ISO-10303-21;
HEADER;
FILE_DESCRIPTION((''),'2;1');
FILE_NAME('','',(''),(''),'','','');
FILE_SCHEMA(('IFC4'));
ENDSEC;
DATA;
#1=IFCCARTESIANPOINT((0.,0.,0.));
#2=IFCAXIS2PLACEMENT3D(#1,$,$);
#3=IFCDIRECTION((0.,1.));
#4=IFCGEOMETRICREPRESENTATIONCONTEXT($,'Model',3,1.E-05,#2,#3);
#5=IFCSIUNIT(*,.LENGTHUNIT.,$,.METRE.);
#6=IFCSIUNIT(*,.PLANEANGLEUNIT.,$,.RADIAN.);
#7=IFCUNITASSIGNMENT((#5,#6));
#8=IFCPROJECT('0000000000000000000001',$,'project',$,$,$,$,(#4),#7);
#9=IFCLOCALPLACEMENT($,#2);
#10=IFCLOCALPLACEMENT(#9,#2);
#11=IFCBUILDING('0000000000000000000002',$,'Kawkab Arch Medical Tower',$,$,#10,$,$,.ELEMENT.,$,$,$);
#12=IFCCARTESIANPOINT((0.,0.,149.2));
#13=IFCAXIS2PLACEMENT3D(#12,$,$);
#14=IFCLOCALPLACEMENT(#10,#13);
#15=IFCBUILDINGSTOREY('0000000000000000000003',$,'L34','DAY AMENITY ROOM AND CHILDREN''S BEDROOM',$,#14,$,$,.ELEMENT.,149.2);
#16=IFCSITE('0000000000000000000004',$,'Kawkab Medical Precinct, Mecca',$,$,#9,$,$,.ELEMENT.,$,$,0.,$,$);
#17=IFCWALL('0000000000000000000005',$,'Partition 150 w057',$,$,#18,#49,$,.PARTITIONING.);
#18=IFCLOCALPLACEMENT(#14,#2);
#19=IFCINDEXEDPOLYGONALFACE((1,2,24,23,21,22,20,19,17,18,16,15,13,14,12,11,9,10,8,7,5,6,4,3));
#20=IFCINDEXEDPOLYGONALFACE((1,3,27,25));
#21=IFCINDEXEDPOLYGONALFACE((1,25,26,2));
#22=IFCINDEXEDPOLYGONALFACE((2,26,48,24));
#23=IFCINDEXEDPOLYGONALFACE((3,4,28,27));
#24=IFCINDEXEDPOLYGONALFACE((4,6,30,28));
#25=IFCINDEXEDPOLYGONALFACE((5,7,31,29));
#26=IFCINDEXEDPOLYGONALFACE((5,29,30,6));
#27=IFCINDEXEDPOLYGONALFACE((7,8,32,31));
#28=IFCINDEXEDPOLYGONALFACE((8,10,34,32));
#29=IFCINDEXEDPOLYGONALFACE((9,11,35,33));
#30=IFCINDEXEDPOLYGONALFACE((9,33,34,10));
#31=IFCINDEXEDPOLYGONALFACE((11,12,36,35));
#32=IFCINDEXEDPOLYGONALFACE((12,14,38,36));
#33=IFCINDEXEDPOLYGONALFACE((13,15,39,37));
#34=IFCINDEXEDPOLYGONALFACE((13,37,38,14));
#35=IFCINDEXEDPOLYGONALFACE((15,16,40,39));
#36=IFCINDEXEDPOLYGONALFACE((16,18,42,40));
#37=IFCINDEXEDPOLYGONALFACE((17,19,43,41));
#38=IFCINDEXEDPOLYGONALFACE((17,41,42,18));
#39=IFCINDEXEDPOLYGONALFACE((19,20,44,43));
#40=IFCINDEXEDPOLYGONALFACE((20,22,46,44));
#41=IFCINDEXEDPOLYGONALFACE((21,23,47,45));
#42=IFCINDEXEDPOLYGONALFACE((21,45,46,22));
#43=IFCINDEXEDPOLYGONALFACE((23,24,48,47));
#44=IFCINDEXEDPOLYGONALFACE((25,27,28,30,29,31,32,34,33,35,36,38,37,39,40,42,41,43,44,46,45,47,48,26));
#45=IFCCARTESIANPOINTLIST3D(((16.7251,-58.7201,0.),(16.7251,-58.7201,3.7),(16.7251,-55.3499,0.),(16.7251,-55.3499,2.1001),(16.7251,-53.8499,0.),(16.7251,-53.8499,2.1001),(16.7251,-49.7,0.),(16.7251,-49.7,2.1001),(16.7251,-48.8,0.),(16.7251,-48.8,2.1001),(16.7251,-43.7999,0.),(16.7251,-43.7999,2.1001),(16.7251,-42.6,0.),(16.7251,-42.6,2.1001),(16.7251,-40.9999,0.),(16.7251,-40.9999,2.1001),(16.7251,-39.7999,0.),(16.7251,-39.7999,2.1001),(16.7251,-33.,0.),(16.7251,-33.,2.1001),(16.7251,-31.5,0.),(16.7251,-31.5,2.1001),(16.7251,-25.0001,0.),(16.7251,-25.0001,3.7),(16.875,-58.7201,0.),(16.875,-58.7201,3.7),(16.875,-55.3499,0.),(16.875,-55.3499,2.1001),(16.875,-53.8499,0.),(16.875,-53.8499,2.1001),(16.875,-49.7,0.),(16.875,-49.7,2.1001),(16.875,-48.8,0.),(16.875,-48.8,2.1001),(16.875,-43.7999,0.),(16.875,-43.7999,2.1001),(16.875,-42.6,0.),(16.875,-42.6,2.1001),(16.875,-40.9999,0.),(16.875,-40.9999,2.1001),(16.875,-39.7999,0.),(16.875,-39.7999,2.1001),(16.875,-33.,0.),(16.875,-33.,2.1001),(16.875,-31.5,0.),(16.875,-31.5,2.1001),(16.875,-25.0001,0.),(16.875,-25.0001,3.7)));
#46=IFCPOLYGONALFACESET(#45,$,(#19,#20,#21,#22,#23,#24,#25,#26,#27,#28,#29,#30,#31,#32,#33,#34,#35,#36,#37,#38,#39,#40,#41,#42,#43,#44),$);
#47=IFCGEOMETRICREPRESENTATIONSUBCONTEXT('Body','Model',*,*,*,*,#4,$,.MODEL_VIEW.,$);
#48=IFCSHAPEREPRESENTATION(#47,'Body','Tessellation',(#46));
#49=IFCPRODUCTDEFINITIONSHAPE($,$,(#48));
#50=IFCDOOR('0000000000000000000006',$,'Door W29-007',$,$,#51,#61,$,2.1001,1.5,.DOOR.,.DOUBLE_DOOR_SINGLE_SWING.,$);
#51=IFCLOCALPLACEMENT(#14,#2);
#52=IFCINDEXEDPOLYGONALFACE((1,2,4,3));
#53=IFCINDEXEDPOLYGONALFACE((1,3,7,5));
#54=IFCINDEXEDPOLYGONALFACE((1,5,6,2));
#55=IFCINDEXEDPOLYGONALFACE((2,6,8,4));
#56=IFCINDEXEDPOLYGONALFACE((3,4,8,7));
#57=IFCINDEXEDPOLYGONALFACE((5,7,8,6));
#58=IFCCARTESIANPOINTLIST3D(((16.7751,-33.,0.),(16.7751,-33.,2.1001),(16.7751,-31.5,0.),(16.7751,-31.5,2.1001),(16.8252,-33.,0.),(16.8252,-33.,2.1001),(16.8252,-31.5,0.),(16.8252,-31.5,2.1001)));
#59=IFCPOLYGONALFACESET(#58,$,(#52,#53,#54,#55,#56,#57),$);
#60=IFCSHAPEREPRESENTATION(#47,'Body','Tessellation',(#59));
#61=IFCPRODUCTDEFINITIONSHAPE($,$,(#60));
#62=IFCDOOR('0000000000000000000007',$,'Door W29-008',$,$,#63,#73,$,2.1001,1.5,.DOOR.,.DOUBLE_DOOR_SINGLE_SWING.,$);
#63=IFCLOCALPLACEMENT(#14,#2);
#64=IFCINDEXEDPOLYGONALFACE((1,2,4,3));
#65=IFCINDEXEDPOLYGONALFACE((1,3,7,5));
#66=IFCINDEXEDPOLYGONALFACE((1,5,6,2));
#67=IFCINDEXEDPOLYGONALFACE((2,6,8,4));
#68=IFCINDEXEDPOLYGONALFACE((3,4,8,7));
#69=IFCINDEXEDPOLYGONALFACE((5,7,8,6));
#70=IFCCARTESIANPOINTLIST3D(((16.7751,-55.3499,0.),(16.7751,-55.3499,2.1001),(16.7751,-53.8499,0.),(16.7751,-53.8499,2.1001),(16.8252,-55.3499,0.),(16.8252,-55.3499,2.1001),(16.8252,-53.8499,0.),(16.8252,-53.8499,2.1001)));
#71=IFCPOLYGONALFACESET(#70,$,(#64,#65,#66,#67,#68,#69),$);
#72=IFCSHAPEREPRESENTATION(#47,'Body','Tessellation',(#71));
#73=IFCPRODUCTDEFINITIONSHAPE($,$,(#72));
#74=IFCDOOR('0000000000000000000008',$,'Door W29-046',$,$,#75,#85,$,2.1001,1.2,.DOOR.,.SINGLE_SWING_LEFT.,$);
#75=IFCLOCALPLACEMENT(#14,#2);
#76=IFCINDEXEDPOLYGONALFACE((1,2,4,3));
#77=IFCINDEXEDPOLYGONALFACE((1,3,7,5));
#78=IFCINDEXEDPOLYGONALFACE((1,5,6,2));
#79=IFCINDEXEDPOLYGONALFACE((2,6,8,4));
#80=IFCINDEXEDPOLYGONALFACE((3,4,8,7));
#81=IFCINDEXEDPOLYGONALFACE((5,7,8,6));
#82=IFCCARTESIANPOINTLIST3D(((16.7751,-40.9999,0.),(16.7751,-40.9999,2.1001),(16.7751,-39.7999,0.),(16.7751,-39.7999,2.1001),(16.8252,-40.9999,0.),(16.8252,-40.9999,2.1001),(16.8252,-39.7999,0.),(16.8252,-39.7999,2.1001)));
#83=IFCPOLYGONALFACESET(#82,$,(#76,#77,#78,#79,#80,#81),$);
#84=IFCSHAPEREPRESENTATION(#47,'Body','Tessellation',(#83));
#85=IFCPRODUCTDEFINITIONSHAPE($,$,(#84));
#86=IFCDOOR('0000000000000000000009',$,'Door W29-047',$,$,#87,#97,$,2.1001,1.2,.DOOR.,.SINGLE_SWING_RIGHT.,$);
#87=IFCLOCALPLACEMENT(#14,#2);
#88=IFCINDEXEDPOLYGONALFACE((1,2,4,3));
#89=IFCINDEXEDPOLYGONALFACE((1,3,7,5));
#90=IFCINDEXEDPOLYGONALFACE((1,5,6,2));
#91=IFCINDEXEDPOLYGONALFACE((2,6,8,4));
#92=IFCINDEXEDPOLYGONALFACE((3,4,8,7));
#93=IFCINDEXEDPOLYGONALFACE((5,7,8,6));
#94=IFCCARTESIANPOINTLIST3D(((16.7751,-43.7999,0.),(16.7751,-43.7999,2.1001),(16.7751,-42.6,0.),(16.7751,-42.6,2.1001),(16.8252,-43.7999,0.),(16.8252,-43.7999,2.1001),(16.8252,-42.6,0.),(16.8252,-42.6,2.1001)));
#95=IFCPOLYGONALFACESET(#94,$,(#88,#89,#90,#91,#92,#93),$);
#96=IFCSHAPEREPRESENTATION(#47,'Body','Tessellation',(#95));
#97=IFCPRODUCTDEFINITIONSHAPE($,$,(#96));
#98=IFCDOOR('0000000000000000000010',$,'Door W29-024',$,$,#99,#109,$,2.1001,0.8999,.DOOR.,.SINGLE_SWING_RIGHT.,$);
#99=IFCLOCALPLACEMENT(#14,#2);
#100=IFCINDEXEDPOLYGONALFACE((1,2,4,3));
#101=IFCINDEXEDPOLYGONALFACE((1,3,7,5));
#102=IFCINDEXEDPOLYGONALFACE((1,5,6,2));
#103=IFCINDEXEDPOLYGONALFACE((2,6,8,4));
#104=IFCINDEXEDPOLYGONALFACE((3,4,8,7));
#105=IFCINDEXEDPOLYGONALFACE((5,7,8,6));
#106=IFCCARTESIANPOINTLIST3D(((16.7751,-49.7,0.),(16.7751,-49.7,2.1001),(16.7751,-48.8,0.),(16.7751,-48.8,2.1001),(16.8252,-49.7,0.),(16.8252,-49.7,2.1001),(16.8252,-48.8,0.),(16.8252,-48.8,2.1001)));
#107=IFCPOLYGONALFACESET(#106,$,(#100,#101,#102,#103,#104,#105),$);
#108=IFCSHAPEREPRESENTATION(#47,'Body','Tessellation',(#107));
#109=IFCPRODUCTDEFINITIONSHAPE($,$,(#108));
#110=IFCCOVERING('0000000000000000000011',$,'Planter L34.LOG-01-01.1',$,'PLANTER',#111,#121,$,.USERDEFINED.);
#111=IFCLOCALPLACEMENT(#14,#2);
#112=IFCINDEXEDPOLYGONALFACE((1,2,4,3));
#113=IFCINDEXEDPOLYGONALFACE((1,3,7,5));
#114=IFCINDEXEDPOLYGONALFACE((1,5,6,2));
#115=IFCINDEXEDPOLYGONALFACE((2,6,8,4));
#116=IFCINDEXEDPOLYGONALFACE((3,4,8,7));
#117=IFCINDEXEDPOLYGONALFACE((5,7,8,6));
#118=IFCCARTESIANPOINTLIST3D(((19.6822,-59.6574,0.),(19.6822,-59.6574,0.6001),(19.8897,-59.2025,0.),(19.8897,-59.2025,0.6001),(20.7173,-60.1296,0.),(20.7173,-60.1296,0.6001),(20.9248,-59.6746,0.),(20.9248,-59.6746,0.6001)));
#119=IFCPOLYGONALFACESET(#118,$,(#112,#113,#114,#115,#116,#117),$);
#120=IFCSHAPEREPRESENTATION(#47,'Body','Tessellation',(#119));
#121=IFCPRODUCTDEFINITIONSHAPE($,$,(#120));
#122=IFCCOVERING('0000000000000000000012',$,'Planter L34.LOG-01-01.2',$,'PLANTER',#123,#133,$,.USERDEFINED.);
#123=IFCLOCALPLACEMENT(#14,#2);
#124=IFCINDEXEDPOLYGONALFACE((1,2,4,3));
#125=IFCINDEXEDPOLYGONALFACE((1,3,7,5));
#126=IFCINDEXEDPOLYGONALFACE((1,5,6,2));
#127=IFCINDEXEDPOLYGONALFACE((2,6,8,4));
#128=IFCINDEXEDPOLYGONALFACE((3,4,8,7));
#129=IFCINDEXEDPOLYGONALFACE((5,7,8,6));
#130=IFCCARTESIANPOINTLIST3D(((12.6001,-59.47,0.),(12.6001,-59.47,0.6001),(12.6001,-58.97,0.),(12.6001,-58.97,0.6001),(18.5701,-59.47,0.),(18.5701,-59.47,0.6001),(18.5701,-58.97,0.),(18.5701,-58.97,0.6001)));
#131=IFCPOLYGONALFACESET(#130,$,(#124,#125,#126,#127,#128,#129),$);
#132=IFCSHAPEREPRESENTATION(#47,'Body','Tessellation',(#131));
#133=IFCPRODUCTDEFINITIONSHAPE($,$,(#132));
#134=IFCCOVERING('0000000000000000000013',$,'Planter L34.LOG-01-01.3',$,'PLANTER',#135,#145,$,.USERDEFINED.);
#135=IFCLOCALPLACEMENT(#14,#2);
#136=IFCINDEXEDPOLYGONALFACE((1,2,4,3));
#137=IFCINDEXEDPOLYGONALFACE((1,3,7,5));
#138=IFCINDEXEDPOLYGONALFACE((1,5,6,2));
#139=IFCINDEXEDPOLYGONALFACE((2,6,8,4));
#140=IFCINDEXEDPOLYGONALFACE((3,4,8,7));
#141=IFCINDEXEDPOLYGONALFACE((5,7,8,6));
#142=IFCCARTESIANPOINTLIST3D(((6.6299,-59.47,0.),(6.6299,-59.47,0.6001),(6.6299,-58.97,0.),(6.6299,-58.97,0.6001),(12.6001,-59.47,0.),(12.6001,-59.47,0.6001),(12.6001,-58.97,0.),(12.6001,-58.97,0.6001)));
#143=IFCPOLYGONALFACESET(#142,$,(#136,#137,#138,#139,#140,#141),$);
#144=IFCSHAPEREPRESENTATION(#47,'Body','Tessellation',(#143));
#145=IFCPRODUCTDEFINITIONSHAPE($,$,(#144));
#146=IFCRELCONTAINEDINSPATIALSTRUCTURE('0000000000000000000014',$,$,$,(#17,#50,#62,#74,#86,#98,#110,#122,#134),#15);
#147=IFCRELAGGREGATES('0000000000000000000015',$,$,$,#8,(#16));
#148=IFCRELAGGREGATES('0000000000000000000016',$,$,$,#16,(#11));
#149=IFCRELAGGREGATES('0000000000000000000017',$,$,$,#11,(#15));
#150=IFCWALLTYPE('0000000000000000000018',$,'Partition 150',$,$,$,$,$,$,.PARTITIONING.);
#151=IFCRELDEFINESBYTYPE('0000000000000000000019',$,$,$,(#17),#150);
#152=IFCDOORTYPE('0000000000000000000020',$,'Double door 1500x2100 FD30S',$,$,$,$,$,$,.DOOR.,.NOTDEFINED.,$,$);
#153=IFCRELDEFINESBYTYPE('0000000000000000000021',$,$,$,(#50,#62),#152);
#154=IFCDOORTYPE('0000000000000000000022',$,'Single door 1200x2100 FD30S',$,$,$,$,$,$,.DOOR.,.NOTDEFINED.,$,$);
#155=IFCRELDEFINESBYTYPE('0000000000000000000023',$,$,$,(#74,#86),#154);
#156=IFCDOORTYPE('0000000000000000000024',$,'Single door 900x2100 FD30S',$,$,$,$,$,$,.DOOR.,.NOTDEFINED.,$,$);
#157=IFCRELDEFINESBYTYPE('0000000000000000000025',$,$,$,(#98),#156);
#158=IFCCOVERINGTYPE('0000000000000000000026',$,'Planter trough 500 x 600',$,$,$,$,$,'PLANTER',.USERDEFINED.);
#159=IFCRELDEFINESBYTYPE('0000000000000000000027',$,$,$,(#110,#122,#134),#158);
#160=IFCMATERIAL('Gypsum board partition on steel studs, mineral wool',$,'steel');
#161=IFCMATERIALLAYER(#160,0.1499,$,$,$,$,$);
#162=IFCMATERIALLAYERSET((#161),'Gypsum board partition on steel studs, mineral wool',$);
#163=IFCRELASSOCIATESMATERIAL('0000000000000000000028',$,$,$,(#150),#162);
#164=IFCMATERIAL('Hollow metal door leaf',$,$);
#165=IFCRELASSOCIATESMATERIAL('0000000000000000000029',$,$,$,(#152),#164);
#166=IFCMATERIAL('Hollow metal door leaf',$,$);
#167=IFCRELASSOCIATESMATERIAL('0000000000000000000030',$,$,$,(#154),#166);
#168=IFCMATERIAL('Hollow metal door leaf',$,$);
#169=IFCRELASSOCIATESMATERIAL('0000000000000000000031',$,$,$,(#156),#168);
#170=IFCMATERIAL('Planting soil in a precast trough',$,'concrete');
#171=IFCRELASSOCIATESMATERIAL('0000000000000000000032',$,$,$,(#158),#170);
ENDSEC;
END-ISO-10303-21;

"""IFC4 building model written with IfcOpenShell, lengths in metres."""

from ifc_helpers import new_model, si_unit, direction, frame, frame_2d, origin, origin_2d, place, context, subcontext, project, spatial, rectangle, extrude, material, layer, layer_set, material_profile, profile_set, type_object, element, fill, save


model = new_model("IFC4")

# Units and contexts
model_context = context("Model", 3, precision=1e-05, world=origin(), true_north=direction((0.0, 1.0)))
body_context = subcontext(model_context, "Body", "Model", "MODEL_VIEW")
ifc_project = project(units=[si_unit("LENGTHUNIT", "METRE"), si_unit("PLANEANGLEUNIT", "RADIAN")], contexts=[model_context])

# Site, building, storey
site_placement = place(None, origin())
site = spatial("IfcSite", under=ifc_project, at=site_placement, Name="Kawkab Medical Precinct, Mecca", CompositionType="ELEMENT", RefElevation=0.0)
building_placement = place(site_placement, origin())
building = spatial("IfcBuilding", under=site, at=building_placement, Name="Kawkab Arch Medical Tower", CompositionType="ELEMENT")
storey_placement = place(building_placement, frame((0.0, 0.0, 149.2)))
storey = spatial("IfcBuildingStorey", under=building, at=storey_placement, Name="L34", Description="DAY AMENITY ROOM AND CHILDREN'S BEDROOM", CompositionType="ELEMENT", Elevation=149.2)

# Wall, openings, doors
ifc_material_1 = material(Name="Gypsum board partition on steel studs, mineral wool", Category="steel")
ifc_layer_1 = layer(ifc_material_1, 0.1499)
ifc_layer_set_1 = layer_set([ifc_layer_1], Name="Gypsum board partition on steel studs, mineral wool")
wall_type = type_object("IfcWallType", Name="Partition 150", PredefinedType="PARTITIONING", material=ifc_layer_set_1)
wall_placement = place(storey_placement, frame((16.8, -58.72, 0.0), z_axis=(0.0, 0.0, 1.0), x_axis=(0.0, 1.0, 0.0)))
wall = element("IfcWall", 1, at=wall_placement, inside=storey, type_object=wall_type, Name="Partition 150 w057", PredefinedType="PARTITIONING", context=body_context, shape_type="SweptSolid", body=[
    extrude(rectangle(XDim=33.72, YDim=0.1499, at=frame_2d((16.8599, 0.0))), origin(), (0.0, 0.0, 1.0), 3.7),
])
opening_1_placement = place(wall_placement, frame((25.72, 0.0, 0.0)))
opening_1 = element("IfcOpeningElement", 2, at=opening_1_placement, cuts=wall, PredefinedType="OPENING", context=body_context, shape_type="SweptSolid", body=[
    extrude(rectangle(XDim=1.5, YDim=2.1001, at=frame_2d((0.75, 1.05))), frame((0.0, 0.085, 0.0), z_axis=(0.0, -1.0, 0.0), x_axis=(1.0, 0.0, 0.0)), (0.0, 0.0, 1.0), 0.1699),
])
opening_2_placement = place(wall_placement, frame((17.72, 0.0, 0.0)))
opening_2 = element("IfcOpeningElement", 3, at=opening_2_placement, cuts=wall, PredefinedType="OPENING", context=body_context, shape_type="SweptSolid", body=[
    extrude(rectangle(XDim=1.2, YDim=2.1001, at=frame_2d((0.6001, 1.05))), frame((0.0, 0.085, 0.0), z_axis=(0.0, -1.0, 0.0), x_axis=(1.0, 0.0, 0.0)), (0.0, 0.0, 1.0), 0.1699),
])
opening_3_placement = place(wall_placement, frame((14.9199, 0.0, 0.0)))
opening_3 = element("IfcOpeningElement", 4, at=opening_3_placement, cuts=wall, PredefinedType="OPENING", context=body_context, shape_type="SweptSolid", body=[
    extrude(rectangle(XDim=1.2, YDim=2.1001, at=frame_2d((0.6001, 1.05))), frame((0.0, 0.085, 0.0), z_axis=(0.0, -1.0, 0.0), x_axis=(1.0, 0.0, 0.0)), (0.0, 0.0, 1.0), 0.1699),
])
opening_4_placement = place(wall_placement, frame((9.02, 0.0, 0.0)))
opening_4 = element("IfcOpeningElement", 5, at=opening_4_placement, cuts=wall, PredefinedType="OPENING", context=body_context, shape_type="SweptSolid", body=[
    extrude(rectangle(XDim=0.8999, YDim=2.1001, at=frame_2d((0.45, 1.05))), frame((0.0, 0.085, 0.0), z_axis=(0.0, -1.0, 0.0), x_axis=(1.0, 0.0, 0.0)), (0.0, 0.0, 1.0), 0.1699),
])
opening_5_placement = place(wall_placement, frame((3.3701, 0.0, 0.0)))
opening_5 = element("IfcOpeningElement", 6, at=opening_5_placement, cuts=wall, PredefinedType="OPENING", context=body_context, shape_type="SweptSolid", body=[
    extrude(rectangle(XDim=1.5, YDim=2.1001, at=frame_2d((0.75, 1.05))), frame((0.0, 0.085, 0.0), z_axis=(0.0, -1.0, 0.0), x_axis=(1.0, 0.0, 0.0)), (0.0, 0.0, 1.0), 0.1699),
])
ifc_material_2 = material(Name="Hollow metal door leaf")
door_type_1 = type_object("IfcDoorType", Name="Double door 1500x2100 FD30S", OperationType="NOTDEFINED", PredefinedType="DOOR", material=ifc_material_2)
door_1_placement = place(opening_1_placement, origin())
door_1 = element("IfcDoor", 7, at=door_1_placement, inside=storey, type_object=door_type_1, Name="Door W29-007", OperationType="DOUBLE_DOOR_SINGLE_SWING", OverallHeight=2.1001, OverallWidth=1.5, PredefinedType="DOOR", context=body_context, shape_type="SweptSolid", body=[
    extrude(rectangle(XDim=1.5, YDim=2.1001, at=frame_2d((0.75, 1.05))), frame((0.0, 0.0249, 0.0), z_axis=(0.0, -1.0, 0.0), x_axis=(1.0, 0.0, 0.0)), (0.0, 0.0, 1.0), 0.05),
])
fill(opening_1, door_1)
door_2_placement = place(opening_5_placement, origin())
door_2 = element("IfcDoor", 8, at=door_2_placement, inside=storey, type_object=door_type_1, Name="Door W29-008", OperationType="DOUBLE_DOOR_SINGLE_SWING", OverallHeight=2.1001, OverallWidth=1.5, PredefinedType="DOOR", context=body_context, shape_type="SweptSolid", body=[
    extrude(rectangle(XDim=1.5, YDim=2.1001, at=frame_2d((0.75, 1.05))), frame((0.0, 0.0249, 0.0), z_axis=(0.0, -1.0, 0.0), x_axis=(1.0, 0.0, 0.0)), (0.0, 0.0, 1.0), 0.05),
])
fill(opening_5, door_2)
ifc_material_3 = material(Name="Hollow metal door leaf")
door_type_2 = type_object("IfcDoorType", Name="Single door 1200x2100 FD30S", OperationType="NOTDEFINED", PredefinedType="DOOR", material=ifc_material_3)
door_3_placement = place(opening_2_placement, origin())
door_3 = element("IfcDoor", 9, at=door_3_placement, inside=storey, type_object=door_type_2, Name="Door W29-046", OperationType="SINGLE_SWING_LEFT", OverallHeight=2.1001, OverallWidth=1.2, PredefinedType="DOOR", context=body_context, shape_type="SweptSolid", body=[
    extrude(rectangle(XDim=1.2, YDim=2.1001, at=frame_2d((0.6001, 1.05))), frame((0.0, 0.0249, 0.0), z_axis=(0.0, -1.0, 0.0), x_axis=(1.0, 0.0, 0.0)), (0.0, 0.0, 1.0), 0.05),
])
fill(opening_2, door_3)
door_4_placement = place(opening_3_placement, origin())
door_4 = element("IfcDoor", 10, at=door_4_placement, inside=storey, type_object=door_type_2, Name="Door W29-047", OperationType="SINGLE_SWING_RIGHT", OverallHeight=2.1001, OverallWidth=1.2, PredefinedType="DOOR", context=body_context, shape_type="SweptSolid", body=[
    extrude(rectangle(XDim=1.2, YDim=2.1001, at=frame_2d((0.6001, 1.05))), frame((0.0, 0.0249, 0.0), z_axis=(0.0, -1.0, 0.0), x_axis=(1.0, 0.0, 0.0)), (0.0, 0.0, 1.0), 0.05),
])
fill(opening_3, door_4)
ifc_material_4 = material(Name="Hollow metal door leaf")
door_type_3 = type_object("IfcDoorType", Name="Single door 900x2100 FD30S", OperationType="NOTDEFINED", PredefinedType="DOOR", material=ifc_material_4)
door_5_placement = place(opening_4_placement, origin())
door_5 = element("IfcDoor", 11, at=door_5_placement, inside=storey, type_object=door_type_3, Name="Door W29-024", OperationType="SINGLE_SWING_RIGHT", OverallHeight=2.1001, OverallWidth=0.8999, PredefinedType="DOOR", context=body_context, shape_type="SweptSolid", body=[
    extrude(rectangle(XDim=0.8999, YDim=2.1001, at=frame_2d((0.45, 1.05))), frame((0.0, 0.0249, 0.0), z_axis=(0.0, -1.0, 0.0), x_axis=(1.0, 0.0, 0.0)), (0.0, 0.0, 1.0), 0.05),
])
fill(opening_4, door_5)

# Coverings
ifc_material_5 = material(Name="Planting soil in a precast trough", Category="concrete")
ifc_material_profile_1 = material_profile(ifc_material_5, rectangle(XDim=0.5, YDim=0.6001, at=origin_2d()), Name="Trough 500x600")
ifc_profile_set_1 = profile_set([ifc_material_profile_1], Name="Planting soil in a precast trough")
covering_type = type_object("IfcCoveringType", Name="Planter trough 500 x 600", ElementType="PLANTER", PredefinedType="USERDEFINED", material=ifc_profile_set_1)
covering_1_placement = place(storey_placement, frame((20.821, -59.9021, 0.3), z_axis=(-0.909822, 0.414999, 0.0), x_axis=(-0.414999, -0.909822, 0.0)))
element("IfcCovering", 12, at=covering_1_placement, inside=storey, type_object=covering_type, Name="Planter L34.LOG-01-01.1", ObjectType="PLANTER", PredefinedType="USERDEFINED", context=body_context, shape_type="SweptSolid", body=[
    extrude(rectangle(XDim=0.5, YDim=0.6001, at=origin_2d()), origin(), (0.0, 0.0, 1.0), 1.1377),
])
covering_2_placement = place(storey_placement, frame((18.5701, -59.22, 0.3), z_axis=(-1.0, 0.0, 0.0), x_axis=(0.0, -1.0, 0.0)))
element("IfcCovering", 13, at=covering_2_placement, inside=storey, type_object=covering_type, Name="Planter L34.LOG-01-01.2", ObjectType="PLANTER", PredefinedType="USERDEFINED", context=body_context, shape_type="SweptSolid", body=[
    extrude(rectangle(XDim=0.5, YDim=0.6001, at=origin_2d()), origin(), (0.0, 0.0, 1.0), 5.97),
])
covering_3_placement = place(storey_placement, frame((12.6001, -59.22, 0.3), z_axis=(-1.0, 0.0, 0.0), x_axis=(0.0, -1.0, 0.0)))
element("IfcCovering", 14, at=covering_3_placement, inside=storey, type_object=covering_type, Name="Planter L34.LOG-01-01.3", ObjectType="PLANTER", PredefinedType="USERDEFINED", context=body_context, shape_type="SweptSolid", body=[
    extrude(rectangle(XDim=0.5, YDim=0.6001, at=origin_2d()), origin(), (0.0, 0.0, 1.0), 5.9702),
])

save(model, "model.ifc")
